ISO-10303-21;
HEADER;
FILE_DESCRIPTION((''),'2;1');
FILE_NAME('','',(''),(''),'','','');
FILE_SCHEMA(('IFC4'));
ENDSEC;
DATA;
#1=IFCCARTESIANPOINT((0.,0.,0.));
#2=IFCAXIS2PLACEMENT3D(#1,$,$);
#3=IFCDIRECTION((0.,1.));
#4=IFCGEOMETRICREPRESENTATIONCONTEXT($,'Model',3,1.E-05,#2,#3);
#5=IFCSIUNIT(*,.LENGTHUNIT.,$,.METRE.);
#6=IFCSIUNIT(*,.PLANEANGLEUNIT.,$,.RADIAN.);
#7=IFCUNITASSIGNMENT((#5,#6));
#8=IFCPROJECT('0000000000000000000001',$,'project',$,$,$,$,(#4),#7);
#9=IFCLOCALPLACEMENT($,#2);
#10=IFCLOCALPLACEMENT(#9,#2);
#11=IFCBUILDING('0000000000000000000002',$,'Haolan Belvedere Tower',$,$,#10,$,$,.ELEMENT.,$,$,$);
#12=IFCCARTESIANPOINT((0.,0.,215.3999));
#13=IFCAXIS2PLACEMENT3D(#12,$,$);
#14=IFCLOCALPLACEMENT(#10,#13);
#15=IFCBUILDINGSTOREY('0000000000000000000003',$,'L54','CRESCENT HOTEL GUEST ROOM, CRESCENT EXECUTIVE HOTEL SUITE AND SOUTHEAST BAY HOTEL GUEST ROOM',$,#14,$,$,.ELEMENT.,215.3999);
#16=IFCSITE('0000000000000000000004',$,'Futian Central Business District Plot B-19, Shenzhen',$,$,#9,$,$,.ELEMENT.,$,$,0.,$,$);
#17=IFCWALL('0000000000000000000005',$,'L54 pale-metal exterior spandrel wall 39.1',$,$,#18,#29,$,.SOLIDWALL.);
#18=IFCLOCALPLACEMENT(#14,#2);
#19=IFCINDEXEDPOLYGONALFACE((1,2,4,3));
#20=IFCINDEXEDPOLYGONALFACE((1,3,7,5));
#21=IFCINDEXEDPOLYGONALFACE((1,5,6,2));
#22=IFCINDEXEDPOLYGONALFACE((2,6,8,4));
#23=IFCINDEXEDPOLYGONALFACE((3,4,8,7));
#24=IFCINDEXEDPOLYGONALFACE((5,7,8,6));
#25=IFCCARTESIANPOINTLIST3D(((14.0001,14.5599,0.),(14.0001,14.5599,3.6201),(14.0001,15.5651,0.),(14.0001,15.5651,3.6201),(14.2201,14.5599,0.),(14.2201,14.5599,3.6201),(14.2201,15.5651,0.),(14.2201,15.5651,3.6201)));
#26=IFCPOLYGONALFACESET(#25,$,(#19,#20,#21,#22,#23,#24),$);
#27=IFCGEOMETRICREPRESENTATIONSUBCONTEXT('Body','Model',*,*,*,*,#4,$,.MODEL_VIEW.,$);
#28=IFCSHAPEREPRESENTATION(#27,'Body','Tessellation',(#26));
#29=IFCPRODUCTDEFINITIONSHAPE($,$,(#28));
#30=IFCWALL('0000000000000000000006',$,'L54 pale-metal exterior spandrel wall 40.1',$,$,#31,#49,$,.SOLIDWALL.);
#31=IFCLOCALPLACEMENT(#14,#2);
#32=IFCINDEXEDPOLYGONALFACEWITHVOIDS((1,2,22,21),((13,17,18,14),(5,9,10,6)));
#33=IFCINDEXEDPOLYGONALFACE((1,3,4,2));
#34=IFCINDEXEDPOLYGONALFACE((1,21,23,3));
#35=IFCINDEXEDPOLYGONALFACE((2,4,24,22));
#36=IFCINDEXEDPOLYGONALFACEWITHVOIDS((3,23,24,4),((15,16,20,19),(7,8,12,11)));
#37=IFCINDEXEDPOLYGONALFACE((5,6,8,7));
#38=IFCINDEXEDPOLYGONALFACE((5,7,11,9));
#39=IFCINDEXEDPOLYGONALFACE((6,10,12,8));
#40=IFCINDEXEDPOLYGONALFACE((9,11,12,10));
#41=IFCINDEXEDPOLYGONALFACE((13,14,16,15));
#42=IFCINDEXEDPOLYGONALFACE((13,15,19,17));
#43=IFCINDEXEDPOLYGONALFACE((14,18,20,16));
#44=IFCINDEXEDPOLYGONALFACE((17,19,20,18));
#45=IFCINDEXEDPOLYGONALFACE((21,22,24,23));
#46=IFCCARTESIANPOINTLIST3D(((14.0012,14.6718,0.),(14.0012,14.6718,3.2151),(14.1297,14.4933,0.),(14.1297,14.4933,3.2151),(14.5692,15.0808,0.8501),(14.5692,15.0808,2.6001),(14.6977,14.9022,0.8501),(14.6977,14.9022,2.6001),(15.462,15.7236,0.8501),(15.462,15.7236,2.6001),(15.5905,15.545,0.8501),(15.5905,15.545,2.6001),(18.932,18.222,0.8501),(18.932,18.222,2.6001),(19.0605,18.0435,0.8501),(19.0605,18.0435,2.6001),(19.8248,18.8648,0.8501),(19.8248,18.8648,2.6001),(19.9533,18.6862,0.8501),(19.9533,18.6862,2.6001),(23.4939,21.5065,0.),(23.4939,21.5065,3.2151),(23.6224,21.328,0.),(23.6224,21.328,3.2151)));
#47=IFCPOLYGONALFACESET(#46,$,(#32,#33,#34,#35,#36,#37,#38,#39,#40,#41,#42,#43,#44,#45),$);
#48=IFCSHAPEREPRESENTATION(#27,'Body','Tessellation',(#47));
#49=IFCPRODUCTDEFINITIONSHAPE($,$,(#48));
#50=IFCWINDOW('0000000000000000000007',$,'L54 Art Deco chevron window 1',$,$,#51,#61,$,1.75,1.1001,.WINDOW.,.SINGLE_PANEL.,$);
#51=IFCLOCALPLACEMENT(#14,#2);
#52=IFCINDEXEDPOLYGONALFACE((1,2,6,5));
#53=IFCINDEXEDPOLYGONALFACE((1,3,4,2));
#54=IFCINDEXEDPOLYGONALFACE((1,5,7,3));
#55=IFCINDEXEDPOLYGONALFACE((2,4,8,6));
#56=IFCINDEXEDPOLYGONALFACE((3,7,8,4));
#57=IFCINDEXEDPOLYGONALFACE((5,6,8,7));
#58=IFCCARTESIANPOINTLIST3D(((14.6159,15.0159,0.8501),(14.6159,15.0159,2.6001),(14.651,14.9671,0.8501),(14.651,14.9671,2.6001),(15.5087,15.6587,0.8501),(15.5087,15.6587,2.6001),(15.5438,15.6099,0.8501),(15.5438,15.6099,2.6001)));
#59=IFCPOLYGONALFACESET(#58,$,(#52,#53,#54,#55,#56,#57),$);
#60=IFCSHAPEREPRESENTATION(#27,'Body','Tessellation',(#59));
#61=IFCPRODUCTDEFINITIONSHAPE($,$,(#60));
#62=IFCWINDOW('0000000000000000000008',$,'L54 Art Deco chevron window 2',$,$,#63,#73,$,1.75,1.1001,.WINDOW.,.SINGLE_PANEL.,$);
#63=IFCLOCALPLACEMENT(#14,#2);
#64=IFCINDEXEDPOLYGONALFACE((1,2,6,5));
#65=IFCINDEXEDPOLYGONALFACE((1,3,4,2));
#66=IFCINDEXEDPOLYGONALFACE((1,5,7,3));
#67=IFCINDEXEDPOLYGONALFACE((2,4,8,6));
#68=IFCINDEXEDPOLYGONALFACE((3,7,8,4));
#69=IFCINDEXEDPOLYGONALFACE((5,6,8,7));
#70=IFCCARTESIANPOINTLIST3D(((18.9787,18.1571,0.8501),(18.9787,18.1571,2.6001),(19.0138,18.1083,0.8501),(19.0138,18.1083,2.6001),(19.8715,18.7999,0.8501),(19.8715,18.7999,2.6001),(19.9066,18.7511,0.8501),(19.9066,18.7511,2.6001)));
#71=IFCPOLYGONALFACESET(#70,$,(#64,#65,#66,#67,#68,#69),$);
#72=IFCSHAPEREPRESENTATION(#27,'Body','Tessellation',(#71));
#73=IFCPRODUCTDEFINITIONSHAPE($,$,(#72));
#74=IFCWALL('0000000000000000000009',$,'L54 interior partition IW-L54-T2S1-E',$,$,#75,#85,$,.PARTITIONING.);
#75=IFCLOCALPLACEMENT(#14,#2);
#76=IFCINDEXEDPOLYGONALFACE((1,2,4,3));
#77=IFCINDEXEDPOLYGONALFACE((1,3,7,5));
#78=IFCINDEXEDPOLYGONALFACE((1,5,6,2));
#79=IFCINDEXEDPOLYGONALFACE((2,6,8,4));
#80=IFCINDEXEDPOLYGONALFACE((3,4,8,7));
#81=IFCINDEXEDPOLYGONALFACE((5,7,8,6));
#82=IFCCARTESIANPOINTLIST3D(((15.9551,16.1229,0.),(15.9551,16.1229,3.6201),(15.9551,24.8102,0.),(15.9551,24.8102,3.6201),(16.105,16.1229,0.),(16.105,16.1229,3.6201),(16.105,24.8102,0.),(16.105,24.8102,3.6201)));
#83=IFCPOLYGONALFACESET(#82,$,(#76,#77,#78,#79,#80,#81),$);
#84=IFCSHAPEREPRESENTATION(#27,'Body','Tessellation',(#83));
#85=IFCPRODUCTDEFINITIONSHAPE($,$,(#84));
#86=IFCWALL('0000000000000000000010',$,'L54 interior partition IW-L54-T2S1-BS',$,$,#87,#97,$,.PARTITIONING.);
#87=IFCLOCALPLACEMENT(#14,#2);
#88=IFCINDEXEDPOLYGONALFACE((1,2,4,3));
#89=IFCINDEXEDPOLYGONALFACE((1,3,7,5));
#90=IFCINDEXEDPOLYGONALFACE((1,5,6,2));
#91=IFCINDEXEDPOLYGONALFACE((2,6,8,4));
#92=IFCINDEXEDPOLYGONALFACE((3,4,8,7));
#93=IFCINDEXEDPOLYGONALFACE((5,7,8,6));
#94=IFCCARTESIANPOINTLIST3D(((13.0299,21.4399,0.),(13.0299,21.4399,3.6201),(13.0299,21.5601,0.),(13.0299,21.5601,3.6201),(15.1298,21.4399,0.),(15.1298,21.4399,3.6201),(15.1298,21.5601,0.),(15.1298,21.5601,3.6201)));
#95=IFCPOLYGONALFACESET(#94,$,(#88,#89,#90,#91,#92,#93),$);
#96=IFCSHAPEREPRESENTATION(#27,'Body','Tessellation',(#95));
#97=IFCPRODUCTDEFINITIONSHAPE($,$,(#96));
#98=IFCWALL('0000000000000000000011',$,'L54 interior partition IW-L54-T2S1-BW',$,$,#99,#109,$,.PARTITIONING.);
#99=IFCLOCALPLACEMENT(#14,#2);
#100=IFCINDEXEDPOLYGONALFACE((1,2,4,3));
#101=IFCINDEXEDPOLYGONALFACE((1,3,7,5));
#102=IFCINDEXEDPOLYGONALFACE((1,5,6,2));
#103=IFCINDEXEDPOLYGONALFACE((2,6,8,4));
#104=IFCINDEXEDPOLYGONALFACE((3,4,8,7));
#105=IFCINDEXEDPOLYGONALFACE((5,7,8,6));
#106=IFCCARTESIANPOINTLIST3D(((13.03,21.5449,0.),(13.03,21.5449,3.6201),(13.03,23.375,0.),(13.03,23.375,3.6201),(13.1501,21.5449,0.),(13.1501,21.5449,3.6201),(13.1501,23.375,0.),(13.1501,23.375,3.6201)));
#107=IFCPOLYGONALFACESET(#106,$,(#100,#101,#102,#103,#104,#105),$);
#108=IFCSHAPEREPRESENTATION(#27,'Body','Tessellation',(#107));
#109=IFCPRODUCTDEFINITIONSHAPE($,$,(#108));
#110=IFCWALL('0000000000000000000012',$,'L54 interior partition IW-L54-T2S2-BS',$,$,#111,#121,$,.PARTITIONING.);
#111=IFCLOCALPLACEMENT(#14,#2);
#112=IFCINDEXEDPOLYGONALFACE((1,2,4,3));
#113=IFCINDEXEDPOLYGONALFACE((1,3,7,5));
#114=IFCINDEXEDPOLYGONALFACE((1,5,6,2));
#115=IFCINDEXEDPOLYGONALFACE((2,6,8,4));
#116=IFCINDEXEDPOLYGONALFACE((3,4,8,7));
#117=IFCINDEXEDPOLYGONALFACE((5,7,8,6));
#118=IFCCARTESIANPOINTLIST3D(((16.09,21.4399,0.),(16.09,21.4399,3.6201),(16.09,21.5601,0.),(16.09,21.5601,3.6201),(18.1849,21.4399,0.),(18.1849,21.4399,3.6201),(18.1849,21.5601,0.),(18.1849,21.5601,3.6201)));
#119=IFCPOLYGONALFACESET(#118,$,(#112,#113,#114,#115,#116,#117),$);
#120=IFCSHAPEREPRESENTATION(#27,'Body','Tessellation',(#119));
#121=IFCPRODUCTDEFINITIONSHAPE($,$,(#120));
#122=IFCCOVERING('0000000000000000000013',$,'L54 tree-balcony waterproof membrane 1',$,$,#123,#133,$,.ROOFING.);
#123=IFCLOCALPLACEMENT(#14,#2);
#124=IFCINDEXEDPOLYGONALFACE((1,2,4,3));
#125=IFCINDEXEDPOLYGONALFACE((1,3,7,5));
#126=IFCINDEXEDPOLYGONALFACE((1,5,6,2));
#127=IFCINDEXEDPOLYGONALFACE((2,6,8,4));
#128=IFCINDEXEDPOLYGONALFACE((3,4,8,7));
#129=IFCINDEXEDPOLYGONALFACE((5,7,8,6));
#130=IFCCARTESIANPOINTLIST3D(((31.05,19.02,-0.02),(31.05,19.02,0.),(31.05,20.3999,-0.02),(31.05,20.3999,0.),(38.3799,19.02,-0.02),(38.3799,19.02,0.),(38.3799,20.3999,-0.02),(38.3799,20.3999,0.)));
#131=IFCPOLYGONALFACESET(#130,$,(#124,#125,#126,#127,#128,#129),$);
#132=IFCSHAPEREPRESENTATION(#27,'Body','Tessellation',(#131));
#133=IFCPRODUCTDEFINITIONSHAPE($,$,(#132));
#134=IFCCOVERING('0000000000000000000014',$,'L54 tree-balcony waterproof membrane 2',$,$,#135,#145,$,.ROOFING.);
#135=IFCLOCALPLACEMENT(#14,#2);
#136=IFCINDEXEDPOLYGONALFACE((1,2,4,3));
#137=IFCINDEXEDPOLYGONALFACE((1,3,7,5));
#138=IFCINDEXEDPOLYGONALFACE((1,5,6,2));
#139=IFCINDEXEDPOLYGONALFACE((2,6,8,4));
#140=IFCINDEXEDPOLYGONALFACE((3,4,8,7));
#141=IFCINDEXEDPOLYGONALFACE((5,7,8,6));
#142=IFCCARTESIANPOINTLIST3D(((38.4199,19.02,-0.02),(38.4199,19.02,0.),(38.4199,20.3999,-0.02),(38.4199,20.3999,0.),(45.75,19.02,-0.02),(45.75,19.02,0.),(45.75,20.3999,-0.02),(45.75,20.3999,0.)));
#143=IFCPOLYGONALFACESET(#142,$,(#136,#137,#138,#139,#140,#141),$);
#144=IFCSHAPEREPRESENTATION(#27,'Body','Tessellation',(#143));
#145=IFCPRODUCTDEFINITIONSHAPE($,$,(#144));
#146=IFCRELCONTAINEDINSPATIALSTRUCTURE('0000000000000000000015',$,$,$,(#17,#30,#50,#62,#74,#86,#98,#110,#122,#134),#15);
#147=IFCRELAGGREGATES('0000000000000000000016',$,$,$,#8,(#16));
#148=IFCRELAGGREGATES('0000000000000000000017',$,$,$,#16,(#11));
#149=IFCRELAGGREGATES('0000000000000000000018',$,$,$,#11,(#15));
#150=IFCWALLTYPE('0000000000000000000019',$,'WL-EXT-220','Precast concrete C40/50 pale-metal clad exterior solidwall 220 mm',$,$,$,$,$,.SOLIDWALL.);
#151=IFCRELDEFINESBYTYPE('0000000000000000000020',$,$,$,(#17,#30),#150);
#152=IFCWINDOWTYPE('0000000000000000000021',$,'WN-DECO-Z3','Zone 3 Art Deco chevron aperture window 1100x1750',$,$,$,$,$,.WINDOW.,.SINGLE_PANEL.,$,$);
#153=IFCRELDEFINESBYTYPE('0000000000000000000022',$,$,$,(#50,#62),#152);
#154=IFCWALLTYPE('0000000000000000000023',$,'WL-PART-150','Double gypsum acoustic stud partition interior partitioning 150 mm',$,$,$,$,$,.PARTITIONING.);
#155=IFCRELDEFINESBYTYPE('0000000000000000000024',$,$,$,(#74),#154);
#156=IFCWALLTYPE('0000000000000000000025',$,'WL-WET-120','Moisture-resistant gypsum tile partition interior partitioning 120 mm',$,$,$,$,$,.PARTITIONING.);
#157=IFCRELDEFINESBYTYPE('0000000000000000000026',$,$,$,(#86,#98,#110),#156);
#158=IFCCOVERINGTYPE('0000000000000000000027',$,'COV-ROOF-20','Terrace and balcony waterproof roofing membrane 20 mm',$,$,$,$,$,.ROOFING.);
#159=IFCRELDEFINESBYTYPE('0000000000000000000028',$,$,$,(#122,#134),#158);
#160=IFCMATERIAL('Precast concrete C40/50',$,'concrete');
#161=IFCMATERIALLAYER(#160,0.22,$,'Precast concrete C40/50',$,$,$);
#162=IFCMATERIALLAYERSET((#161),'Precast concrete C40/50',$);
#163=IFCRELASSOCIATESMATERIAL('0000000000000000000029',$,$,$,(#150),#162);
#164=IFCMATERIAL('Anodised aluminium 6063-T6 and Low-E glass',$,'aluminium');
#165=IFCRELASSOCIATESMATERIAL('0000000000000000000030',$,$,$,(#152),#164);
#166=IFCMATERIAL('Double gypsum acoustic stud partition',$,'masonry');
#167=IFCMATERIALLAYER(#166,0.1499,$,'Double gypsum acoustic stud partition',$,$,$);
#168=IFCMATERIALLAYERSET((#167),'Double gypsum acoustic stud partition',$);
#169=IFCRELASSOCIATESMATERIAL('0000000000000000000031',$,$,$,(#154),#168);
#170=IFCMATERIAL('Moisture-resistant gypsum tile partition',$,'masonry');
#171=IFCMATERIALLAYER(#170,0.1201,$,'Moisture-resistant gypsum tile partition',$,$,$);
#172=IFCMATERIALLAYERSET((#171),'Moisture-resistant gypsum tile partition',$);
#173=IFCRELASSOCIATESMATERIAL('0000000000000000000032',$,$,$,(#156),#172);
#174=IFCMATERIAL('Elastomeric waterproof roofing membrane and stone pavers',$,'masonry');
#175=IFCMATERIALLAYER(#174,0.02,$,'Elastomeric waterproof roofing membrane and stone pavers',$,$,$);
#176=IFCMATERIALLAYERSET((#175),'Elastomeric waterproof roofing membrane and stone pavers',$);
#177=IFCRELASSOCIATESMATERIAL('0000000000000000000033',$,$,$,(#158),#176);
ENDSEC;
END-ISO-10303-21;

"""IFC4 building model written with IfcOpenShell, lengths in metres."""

from ifc_helpers import new_model, si_unit, direction, frame, frame_2d, origin, place, context, subcontext, project, spatial, polyline, rectangle, outline, extrude, material, layer, layer_set, type_object, element, fill, save


model = new_model("IFC4")

# Units and contexts
model_context = context("Model", 3, precision=1e-05, world=origin(), true_north=direction((0.0, 1.0)))
body_context = subcontext(model_context, "Body", "Model", "MODEL_VIEW")
ifc_project = project(units=[si_unit("LENGTHUNIT", "METRE"), si_unit("PLANEANGLEUNIT", "RADIAN")], contexts=[model_context])

# Site, building, storey
site_placement = place(None, origin())
site = spatial("IfcSite", under=ifc_project, at=site_placement, Name="Futian Central Business District Plot B-19, Shenzhen", CompositionType="ELEMENT", RefElevation=0.0)
building_placement = place(site_placement, origin())
building = spatial("IfcBuilding", under=site, at=building_placement, Name="Haolan Belvedere Tower", CompositionType="ELEMENT")
storey_placement = place(building_placement, frame((0.0, 0.0, 215.3999)))
storey = spatial("IfcBuildingStorey", under=building, at=storey_placement, Name="L54", Description="CRESCENT HOTEL GUEST ROOM, CRESCENT EXECUTIVE HOTEL SUITE AND SOUTHEAST BAY HOTEL GUEST ROOM", CompositionType="ELEMENT", Elevation=215.3999)

# Wall
ifc_material_1 = material(Name="Precast concrete C40/50", Category="concrete")
ifc_layer_1 = layer(ifc_material_1, 0.22, Name="Precast concrete C40/50")
ifc_layer_set_1 = layer_set([ifc_layer_1], Name="Precast concrete C40/50")
wall_type_1 = type_object("IfcWallType", Name="WL-EXT-220", Description="Precast concrete C40/50 pale-metal clad exterior solidwall 220 mm", PredefinedType="SOLIDWALL", material=ifc_layer_set_1)
wall_1_placement = place(storey_placement, frame((14.1101, 15.5649, 0.0), z_axis=(0.0, 0.0, 1.0), x_axis=(0.0, -1.0, 0.0)))
element("IfcWall", 1, at=wall_1_placement, inside=storey, type_object=wall_type_1, Name="L54 pale-metal exterior spandrel wall 39.1", PredefinedType="SOLIDWALL", context=body_context, shape_type="SweptSolid", body=[
    extrude(rectangle(XDim=1.0051, YDim=0.22, at=frame_2d((0.5024, 0.0))), origin(), (0.0, 0.0, 1.0), 3.6201),
])

# Wall, openings, windows
wall_2_placement = place(storey_placement, frame((14.0654, 14.5825, 0.0), z_axis=(0.0, 0.0, 1.0), x_axis=(0.811535, 0.584304, 0.0)))
wall_2 = element("IfcWall", 2, at=wall_2_placement, inside=storey, type_object=wall_type_1, Name="L54 pale-metal exterior spandrel wall 40.1", PredefinedType="SOLIDWALL", context=body_context, shape_type="SweptSolid", body=[
    extrude(rectangle(XDim=11.6973, YDim=0.22, at=frame_2d((5.8486, 0.0))), origin(), (0.0, 0.0, 1.0), 3.2151),
])
opening_1_placement = place(wall_2_placement, frame((0.7, 0.0, 0.8501)))
opening_1 = element("IfcOpeningElement", 3, at=opening_1_placement, cuts=wall_2, PredefinedType="OPENING", context=body_context, shape_type="SweptSolid", body=[
    extrude(rectangle(XDim=1.1001, YDim=1.75, at=frame_2d((0.55, 0.875))), frame((0.0, 0.1199, 0.0), z_axis=(0.0, -1.0, 0.0), x_axis=(1.0, 0.0, 0.0)), (0.0, 0.0, 1.0), 0.24),
])
opening_2_placement = place(wall_2_placement, frame((6.0759, 0.0, 0.8501)))
opening_2 = element("IfcOpeningElement", 4, at=opening_2_placement, cuts=wall_2, PredefinedType="OPENING", context=body_context, shape_type="SweptSolid", body=[
    extrude(rectangle(XDim=1.1001, YDim=1.75, at=frame_2d((0.55, 0.875))), frame((0.0, 0.1199, 0.0), z_axis=(0.0, -1.0, 0.0), x_axis=(1.0, 0.0, 0.0)), (0.0, 0.0, 1.0), 0.24),
])
ifc_material_2 = material(Name="Anodised aluminium 6063-T6 and Low-E glass", Category="aluminium")
window_type = type_object("IfcWindowType", Name="WN-DECO-Z3", Description="Zone 3 Art Deco chevron aperture window 1100x1750", PartitioningType="SINGLE_PANEL", PredefinedType="WINDOW", material=ifc_material_2)
window_1_placement = place(opening_1_placement, origin())
window_1 = element("IfcWindow", 5, at=window_1_placement, inside=storey, type_object=window_type, Name="L54 Art Deco chevron window 1", OverallHeight=1.75, OverallWidth=1.1001, PartitioningType="SINGLE_PANEL", PredefinedType="WINDOW", context=body_context, shape_type="SweptSolid", body=[
    extrude(rectangle(XDim=1.1001, YDim=1.75, at=frame_2d((0.55, 0.875))), frame((0.0, 0.03, 0.0), z_axis=(0.0, -1.0, 0.0), x_axis=(1.0, 0.0, 0.0)), (0.0, 0.0, 1.0), 0.0601),
])
fill(opening_1, window_1)
window_2_placement = place(opening_2_placement, origin())
window_2 = element("IfcWindow", 6, at=window_2_placement, inside=storey, type_object=window_type, Name="L54 Art Deco chevron window 2", OverallHeight=1.75, OverallWidth=1.1001, PartitioningType="SINGLE_PANEL", PredefinedType="WINDOW", context=body_context, shape_type="SweptSolid", body=[
    extrude(rectangle(XDim=1.1001, YDim=1.75, at=frame_2d((0.55, 0.875))), frame((0.0, 0.03, 0.0), z_axis=(0.0, -1.0, 0.0), x_axis=(1.0, 0.0, 0.0)), (0.0, 0.0, 1.0), 0.0601),
])
fill(opening_2, window_2)

# Walls
ifc_material_3 = material(Name="Double gypsum acoustic stud partition", Category="masonry")
ifc_layer_2 = layer(ifc_material_3, 0.1499, Name="Double gypsum acoustic stud partition")
ifc_layer_set_2 = layer_set([ifc_layer_2], Name="Double gypsum acoustic stud partition")
wall_type_2 = type_object("IfcWallType", Name="WL-PART-150", Description="Double gypsum acoustic stud partition interior partitioning 150 mm", PredefinedType="PARTITIONING", material=ifc_layer_set_2)
wall_3_placement = place(storey_placement, frame((16.03, 16.1228, 0.0), z_axis=(0.0, 0.0, 1.0), x_axis=(0.0, 1.0, 0.0)))
element("IfcWall", 7, at=wall_3_placement, inside=storey, type_object=wall_type_2, Name="L54 interior partition IW-L54-T2S1-E", PredefinedType="PARTITIONING", context=body_context, shape_type="SweptSolid", body=[
    extrude(rectangle(XDim=8.6873, YDim=0.1499, at=frame_2d((4.3438, 0.0))), origin(), (0.0, 0.0, 1.0), 3.6201),
])
ifc_material_4 = material(Name="Moisture-resistant gypsum tile partition", Category="masonry")
ifc_layer_3 = layer(ifc_material_4, 0.1201, Name="Moisture-resistant gypsum tile partition")
ifc_layer_set_3 = layer_set([ifc_layer_3], Name="Moisture-resistant gypsum tile partition")
wall_type_3 = type_object("IfcWallType", Name="WL-WET-120", Description="Moisture-resistant gypsum tile partition interior partitioning 120 mm", PredefinedType="PARTITIONING", material=ifc_layer_set_3)
wall_4_placement = place(storey_placement, frame((13.03, 21.5, 0.0), z_axis=(0.0, 0.0, 1.0), x_axis=(1.0, 0.0, 0.0)))
element("IfcWall", 8, at=wall_4_placement, inside=storey, type_object=wall_type_3, Name="L54 interior partition IW-L54-T2S1-BS", PredefinedType="PARTITIONING", context=body_context, shape_type="SweptSolid", body=[
    extrude(rectangle(XDim=2.0999, YDim=0.1201, at=frame_2d((1.0498, 0.0))), origin(), (0.0, 0.0, 1.0), 3.6201),
])
wall_5_placement = place(storey_placement, frame((13.0901, 21.5449, 0.0), z_axis=(0.0, 0.0, 1.0), x_axis=(0.0, 1.0, 0.0)))
element("IfcWall", 9, at=wall_5_placement, inside=storey, type_object=wall_type_3, Name="L54 interior partition IW-L54-T2S1-BW", PredefinedType="PARTITIONING", context=body_context, shape_type="SweptSolid", body=[
    extrude(rectangle(XDim=1.8301, YDim=0.1201, at=frame_2d((0.915, 0.0))), origin(), (0.0, 0.0, 1.0), 3.6201),
])
wall_6_placement = place(storey_placement, frame((16.0901, 21.5, 0.0), z_axis=(0.0, 0.0, 1.0), x_axis=(1.0, 0.0, 0.0)))
element("IfcWall", 10, at=wall_6_placement, inside=storey, type_object=wall_type_3, Name="L54 interior partition IW-L54-T2S2-BS", PredefinedType="PARTITIONING", context=body_context, shape_type="SweptSolid", body=[
    extrude(rectangle(XDim=2.095, YDim=0.1201, at=frame_2d((1.0474, 0.0))), origin(), (0.0, 0.0, 1.0), 3.6201),
])

# Coverings
ifc_material_5 = material(Name="Elastomeric waterproof roofing membrane and stone pavers", Category="masonry")
ifc_layer_4 = layer(ifc_material_5, 0.02, Name="Elastomeric waterproof roofing membrane and stone pavers")
ifc_layer_set_4 = layer_set([ifc_layer_4], Name="Elastomeric waterproof roofing membrane and stone pavers")
covering_type = type_object("IfcCoveringType", Name="COV-ROOF-20", Description="Terrace and balcony waterproof roofing membrane 20 mm", PredefinedType="ROOFING", material=ifc_layer_set_4)
covering_1_placement = place(storey_placement, frame((0.0, 0.0, -0.02)))
element("IfcCovering", 11, at=covering_1_placement, inside=storey, type_object=covering_type, Name="L54 tree-balcony waterproof membrane 1", PredefinedType="ROOFING", context=body_context, shape_type="SweptSolid", body=[
    extrude(outline(polyline([(31.05, 19.02), (38.3799, 19.02), (38.3799, 20.3999), (31.05, 20.3999), (31.05, 19.02)])), origin(), (0.0, 0.0, 1.0), 0.02),
])
covering_2_placement = place(storey_placement, frame((0.0, 0.0, -0.02)))
element("IfcCovering", 12, at=covering_2_placement, inside=storey, type_object=covering_type, Name="L54 tree-balcony waterproof membrane 2", PredefinedType="ROOFING", context=body_context, shape_type="SweptSolid", body=[
    extrude(outline(polyline([(38.4199, 19.02), (45.75, 19.02), (45.75, 20.3999), (38.4199, 20.3999), (38.4199, 19.02)])), origin(), (0.0, 0.0, 1.0), 0.02),
])

save(model, "model.ifc")
